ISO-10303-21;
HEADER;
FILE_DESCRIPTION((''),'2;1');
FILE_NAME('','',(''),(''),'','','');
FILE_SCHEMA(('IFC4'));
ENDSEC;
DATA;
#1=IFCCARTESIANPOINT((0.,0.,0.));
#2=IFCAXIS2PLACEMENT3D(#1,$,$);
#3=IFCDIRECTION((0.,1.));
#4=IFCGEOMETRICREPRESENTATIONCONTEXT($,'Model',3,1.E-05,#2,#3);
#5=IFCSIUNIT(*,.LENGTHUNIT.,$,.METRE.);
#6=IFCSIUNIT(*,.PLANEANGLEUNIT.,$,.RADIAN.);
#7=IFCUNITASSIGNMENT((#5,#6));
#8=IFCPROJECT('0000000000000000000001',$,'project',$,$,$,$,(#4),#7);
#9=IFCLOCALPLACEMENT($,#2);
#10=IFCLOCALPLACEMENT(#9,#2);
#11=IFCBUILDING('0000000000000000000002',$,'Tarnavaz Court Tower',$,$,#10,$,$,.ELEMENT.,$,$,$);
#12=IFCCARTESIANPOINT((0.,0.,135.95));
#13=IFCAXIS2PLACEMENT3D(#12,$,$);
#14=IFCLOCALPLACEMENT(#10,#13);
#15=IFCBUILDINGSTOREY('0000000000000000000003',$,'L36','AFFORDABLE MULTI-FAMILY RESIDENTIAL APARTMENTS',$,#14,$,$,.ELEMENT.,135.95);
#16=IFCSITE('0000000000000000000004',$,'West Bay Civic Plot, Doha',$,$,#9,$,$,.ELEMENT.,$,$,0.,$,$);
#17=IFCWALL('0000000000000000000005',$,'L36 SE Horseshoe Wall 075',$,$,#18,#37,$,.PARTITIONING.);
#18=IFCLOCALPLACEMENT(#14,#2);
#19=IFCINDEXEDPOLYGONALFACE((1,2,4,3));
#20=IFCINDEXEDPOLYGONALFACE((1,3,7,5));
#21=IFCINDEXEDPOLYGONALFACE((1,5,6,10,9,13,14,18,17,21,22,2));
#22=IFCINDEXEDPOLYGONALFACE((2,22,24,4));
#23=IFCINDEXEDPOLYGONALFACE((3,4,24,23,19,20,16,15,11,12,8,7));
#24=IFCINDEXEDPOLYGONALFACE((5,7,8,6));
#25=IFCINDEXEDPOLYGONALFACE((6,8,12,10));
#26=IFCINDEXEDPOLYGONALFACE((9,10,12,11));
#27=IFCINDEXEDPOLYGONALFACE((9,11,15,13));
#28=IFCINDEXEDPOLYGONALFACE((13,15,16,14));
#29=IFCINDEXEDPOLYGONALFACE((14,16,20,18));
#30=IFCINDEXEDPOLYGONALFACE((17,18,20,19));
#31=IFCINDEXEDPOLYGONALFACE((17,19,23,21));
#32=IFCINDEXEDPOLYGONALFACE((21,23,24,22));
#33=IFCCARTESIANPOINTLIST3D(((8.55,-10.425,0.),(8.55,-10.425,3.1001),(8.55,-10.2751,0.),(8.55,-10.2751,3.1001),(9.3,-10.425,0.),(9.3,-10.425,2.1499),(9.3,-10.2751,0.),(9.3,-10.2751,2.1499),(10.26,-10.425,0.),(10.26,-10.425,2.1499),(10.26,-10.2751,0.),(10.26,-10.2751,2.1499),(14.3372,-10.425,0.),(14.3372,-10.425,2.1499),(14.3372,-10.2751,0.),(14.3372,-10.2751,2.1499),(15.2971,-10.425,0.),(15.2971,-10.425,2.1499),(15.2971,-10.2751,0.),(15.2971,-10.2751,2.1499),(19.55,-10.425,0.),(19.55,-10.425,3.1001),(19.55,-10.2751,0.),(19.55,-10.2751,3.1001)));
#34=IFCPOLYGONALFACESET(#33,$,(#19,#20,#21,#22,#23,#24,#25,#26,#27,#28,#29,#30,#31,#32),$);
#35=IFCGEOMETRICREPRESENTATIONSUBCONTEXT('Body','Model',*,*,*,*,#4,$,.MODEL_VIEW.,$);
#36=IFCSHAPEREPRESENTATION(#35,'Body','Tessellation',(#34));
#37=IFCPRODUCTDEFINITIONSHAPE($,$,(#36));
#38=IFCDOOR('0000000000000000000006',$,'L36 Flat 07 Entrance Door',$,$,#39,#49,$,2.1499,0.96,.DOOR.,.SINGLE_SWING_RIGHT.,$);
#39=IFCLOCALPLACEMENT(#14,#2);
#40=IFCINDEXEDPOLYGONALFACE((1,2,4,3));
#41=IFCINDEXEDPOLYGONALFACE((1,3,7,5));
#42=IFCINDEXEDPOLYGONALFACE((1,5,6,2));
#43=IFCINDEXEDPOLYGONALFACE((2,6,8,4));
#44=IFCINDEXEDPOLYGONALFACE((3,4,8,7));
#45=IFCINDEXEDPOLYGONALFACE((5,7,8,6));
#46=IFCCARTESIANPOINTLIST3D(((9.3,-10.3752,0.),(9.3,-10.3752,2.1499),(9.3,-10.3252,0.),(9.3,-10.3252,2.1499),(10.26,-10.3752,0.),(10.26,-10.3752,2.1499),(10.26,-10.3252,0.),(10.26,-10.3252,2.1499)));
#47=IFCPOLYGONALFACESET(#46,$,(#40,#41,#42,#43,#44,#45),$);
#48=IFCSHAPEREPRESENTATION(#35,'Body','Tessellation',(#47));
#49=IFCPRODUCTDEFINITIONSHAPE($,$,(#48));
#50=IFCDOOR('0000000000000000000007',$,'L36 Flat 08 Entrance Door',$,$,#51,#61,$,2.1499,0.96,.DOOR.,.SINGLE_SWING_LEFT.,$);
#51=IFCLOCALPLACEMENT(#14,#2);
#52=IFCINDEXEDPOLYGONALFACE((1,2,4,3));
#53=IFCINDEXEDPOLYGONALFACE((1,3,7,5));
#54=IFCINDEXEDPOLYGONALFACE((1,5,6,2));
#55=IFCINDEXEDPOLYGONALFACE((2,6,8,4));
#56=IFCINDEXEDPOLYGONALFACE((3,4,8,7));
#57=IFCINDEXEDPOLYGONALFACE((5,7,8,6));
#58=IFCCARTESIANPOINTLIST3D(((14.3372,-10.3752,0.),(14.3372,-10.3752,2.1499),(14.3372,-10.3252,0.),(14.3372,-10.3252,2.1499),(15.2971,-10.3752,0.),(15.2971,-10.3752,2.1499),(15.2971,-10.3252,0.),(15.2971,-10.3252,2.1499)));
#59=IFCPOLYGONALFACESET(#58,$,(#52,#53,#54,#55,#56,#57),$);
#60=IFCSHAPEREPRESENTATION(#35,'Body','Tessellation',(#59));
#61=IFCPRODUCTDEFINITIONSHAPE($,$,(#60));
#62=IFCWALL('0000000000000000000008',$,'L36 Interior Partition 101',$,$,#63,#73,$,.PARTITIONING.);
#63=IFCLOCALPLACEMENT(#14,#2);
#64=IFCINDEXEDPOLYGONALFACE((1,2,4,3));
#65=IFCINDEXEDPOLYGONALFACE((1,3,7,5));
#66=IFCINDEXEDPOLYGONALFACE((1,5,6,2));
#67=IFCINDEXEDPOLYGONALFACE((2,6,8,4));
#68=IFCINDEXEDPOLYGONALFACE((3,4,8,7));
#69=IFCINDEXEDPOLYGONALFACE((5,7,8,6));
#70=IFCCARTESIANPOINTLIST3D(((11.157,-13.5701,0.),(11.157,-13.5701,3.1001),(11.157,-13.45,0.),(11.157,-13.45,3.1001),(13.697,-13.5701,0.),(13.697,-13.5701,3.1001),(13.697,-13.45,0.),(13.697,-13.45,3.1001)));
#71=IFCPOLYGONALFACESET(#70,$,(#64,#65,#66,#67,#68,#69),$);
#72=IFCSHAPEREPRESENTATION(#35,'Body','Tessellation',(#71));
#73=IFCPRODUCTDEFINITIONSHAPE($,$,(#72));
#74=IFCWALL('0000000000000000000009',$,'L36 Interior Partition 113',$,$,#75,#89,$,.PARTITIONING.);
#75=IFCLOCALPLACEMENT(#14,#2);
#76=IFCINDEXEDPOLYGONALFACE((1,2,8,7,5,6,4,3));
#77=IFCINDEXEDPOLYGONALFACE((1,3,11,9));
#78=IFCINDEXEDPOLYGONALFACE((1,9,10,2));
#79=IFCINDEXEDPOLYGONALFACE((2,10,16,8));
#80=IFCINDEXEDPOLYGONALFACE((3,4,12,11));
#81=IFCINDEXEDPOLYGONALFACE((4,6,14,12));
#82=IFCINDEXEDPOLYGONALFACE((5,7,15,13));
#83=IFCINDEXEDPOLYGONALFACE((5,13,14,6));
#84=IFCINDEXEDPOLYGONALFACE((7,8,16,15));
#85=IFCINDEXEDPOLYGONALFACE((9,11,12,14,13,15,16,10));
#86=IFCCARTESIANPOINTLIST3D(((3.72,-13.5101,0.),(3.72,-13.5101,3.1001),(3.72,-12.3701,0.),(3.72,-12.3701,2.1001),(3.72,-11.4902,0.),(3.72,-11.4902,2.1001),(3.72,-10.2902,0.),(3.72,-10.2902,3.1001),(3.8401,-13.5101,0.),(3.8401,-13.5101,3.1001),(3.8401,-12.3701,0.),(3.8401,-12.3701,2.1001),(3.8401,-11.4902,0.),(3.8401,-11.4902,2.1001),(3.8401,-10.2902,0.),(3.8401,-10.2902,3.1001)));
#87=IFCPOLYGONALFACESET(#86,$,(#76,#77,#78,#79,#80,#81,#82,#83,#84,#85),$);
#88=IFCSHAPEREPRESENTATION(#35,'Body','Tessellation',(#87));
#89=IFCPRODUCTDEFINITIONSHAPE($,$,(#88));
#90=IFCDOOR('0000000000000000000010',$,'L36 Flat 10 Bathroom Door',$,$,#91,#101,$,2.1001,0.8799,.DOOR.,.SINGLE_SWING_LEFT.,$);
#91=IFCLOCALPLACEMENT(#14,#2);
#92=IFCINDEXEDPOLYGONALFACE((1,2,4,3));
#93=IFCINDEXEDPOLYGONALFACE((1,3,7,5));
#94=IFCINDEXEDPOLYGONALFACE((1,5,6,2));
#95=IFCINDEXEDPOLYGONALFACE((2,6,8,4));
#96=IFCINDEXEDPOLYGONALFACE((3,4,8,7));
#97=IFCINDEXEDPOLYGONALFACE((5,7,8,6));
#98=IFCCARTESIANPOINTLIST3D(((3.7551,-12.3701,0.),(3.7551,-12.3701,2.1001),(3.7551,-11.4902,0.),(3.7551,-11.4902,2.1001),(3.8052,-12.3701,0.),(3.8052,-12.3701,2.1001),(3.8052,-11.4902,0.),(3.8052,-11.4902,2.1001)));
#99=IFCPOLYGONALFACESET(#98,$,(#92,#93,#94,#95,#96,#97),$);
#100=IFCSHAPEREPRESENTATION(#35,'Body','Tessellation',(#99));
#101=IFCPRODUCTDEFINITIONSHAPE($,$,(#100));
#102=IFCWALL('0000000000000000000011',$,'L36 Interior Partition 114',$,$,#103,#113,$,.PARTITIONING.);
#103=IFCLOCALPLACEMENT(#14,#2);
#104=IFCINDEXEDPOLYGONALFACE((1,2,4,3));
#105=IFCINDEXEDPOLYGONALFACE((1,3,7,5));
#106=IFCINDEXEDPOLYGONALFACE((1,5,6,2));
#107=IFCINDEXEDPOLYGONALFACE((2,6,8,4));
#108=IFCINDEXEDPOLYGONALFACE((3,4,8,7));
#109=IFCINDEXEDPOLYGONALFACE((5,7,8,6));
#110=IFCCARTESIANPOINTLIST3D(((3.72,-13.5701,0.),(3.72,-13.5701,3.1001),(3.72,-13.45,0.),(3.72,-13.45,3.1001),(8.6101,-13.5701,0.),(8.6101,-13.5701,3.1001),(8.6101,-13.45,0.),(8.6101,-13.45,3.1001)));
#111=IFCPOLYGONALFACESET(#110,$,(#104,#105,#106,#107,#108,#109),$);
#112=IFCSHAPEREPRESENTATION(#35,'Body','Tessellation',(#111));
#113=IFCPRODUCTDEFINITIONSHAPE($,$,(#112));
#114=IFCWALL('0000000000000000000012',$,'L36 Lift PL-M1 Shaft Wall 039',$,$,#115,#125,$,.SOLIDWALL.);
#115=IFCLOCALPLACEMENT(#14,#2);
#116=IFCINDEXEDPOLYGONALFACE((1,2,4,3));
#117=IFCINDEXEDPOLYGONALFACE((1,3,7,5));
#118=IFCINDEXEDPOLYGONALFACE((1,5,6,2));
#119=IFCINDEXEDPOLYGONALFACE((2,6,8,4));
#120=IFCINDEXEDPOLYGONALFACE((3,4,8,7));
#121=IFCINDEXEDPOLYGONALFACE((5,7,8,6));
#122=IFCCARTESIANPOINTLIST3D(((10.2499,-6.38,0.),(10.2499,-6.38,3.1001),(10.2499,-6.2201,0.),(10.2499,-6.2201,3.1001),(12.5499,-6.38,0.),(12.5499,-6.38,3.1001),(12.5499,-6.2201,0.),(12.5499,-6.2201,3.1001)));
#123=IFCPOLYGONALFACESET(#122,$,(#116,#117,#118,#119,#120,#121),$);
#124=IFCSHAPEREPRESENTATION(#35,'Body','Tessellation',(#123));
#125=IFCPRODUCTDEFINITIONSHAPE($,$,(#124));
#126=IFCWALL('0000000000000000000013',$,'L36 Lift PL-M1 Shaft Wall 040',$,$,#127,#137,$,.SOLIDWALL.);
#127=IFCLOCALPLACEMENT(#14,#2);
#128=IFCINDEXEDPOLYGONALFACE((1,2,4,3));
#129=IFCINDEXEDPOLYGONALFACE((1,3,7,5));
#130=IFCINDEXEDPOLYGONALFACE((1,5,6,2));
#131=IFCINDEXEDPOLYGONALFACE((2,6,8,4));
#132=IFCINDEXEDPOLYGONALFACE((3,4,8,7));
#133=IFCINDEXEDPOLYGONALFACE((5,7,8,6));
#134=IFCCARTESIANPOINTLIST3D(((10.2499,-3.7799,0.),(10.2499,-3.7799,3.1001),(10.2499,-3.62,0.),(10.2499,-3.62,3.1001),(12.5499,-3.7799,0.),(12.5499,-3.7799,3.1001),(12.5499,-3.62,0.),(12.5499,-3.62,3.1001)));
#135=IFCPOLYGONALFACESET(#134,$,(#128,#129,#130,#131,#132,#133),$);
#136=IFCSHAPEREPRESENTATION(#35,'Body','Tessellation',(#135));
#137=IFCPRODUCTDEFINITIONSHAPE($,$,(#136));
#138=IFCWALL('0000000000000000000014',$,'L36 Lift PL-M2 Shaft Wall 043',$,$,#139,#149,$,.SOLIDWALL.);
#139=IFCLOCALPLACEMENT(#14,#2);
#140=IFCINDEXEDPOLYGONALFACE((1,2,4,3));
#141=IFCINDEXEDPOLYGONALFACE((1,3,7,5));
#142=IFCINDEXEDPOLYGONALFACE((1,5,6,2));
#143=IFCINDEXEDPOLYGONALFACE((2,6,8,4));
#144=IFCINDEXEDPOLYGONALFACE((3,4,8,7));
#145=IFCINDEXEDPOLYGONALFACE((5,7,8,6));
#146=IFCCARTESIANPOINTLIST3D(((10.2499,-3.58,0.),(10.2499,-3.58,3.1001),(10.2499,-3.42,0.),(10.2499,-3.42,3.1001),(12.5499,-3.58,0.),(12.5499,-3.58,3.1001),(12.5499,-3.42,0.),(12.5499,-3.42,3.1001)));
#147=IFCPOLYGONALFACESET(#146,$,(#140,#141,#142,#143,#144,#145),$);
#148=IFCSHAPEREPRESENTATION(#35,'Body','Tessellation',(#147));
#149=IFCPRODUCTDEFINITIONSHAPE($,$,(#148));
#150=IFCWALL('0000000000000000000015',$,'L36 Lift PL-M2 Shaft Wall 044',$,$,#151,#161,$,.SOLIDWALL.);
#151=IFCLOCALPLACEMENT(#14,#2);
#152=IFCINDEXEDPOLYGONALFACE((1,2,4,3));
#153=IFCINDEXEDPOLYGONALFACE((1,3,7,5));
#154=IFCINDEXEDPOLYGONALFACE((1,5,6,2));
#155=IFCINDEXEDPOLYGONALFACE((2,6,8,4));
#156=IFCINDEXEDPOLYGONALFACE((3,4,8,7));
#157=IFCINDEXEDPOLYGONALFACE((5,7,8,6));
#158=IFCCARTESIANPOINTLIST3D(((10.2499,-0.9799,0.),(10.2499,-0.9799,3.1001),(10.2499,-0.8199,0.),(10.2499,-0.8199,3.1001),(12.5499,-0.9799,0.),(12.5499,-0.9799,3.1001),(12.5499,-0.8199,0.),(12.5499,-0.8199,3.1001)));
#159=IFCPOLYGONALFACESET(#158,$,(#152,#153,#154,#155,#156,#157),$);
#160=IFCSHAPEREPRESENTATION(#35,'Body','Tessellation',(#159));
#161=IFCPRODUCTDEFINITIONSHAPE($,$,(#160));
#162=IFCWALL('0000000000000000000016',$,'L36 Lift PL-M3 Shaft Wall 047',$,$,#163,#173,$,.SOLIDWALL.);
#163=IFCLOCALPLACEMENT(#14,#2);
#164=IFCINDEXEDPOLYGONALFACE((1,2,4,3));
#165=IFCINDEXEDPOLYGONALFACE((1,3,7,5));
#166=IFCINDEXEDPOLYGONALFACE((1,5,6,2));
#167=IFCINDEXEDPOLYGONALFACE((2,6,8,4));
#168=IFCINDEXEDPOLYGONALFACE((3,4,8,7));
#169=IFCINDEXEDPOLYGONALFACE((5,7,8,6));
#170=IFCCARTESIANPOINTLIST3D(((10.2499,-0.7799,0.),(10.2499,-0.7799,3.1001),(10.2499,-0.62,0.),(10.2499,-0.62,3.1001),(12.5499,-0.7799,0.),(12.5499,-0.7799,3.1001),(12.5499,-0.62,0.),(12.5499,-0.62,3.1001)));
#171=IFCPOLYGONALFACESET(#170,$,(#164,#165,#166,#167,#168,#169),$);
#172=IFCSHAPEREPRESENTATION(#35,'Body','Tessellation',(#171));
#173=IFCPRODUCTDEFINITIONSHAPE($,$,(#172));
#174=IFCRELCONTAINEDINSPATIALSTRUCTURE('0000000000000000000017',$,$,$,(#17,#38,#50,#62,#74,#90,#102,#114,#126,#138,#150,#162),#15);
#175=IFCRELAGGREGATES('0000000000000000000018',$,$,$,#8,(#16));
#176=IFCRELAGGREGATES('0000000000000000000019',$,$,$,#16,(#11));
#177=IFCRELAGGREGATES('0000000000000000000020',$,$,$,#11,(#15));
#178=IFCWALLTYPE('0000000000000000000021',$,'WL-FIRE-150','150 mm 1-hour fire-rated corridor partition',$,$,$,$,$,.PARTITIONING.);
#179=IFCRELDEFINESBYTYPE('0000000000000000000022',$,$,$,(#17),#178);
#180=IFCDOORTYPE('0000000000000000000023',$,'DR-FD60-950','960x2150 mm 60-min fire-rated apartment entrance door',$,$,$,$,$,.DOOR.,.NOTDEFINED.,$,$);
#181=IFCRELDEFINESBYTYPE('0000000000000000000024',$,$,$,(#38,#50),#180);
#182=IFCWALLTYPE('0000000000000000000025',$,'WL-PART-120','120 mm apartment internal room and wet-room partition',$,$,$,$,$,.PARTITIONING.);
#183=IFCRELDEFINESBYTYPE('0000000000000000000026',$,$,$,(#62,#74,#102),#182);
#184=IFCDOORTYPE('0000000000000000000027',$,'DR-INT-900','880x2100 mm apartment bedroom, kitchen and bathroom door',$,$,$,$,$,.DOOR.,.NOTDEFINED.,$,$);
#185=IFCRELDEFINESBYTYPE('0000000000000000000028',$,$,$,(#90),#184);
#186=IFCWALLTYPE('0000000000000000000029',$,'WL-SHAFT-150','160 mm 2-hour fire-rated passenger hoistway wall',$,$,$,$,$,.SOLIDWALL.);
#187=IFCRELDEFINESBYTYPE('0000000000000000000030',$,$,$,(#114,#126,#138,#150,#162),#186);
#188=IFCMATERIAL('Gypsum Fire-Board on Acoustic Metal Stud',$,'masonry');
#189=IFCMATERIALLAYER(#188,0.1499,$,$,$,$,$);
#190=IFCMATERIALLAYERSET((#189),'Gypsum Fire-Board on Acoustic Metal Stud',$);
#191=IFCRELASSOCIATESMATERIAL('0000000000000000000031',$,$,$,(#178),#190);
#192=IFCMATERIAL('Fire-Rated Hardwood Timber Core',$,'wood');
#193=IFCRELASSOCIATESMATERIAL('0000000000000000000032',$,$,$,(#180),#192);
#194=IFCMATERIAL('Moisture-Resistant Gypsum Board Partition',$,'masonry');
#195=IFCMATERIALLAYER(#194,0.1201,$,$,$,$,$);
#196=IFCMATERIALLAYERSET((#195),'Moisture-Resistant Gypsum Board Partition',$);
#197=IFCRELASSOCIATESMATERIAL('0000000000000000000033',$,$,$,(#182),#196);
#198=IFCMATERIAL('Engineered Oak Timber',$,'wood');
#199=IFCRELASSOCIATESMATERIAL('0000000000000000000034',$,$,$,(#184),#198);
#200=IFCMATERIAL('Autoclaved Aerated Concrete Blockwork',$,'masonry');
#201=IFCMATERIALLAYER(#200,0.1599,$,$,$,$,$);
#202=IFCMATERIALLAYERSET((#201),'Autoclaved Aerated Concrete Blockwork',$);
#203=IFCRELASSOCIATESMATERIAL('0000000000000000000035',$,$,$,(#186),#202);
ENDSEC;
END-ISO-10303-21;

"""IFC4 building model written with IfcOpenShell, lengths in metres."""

from ifc_helpers import new_model, si_unit, direction, frame, frame_2d, origin, place, context, subcontext, project, spatial, rectangle, extrude, material, layer, layer_set, type_object, element, fill, save


model = new_model("IFC4")

# Units and contexts
model_context = context("Model", 3, precision=1e-05, world=origin(), true_north=direction((0.0, 1.0)))
body_context = subcontext(model_context, "Body", "Model", "MODEL_VIEW")
ifc_project = project(units=[si_unit("LENGTHUNIT", "METRE"), si_unit("PLANEANGLEUNIT", "RADIAN")], contexts=[model_context])

# Site, building, storey
site_placement = place(None, origin())
site = spatial("IfcSite", under=ifc_project, at=site_placement, Name="West Bay Civic Plot, Doha", CompositionType="ELEMENT", RefElevation=0.0)
building_placement = place(site_placement, origin())
building = spatial("IfcBuilding", under=site, at=building_placement, Name="Tarnavaz Court Tower", CompositionType="ELEMENT")
storey_placement = place(building_placement, frame((0.0, 0.0, 135.95)))
storey = spatial("IfcBuildingStorey", under=building, at=storey_placement, Name="L36", Description="AFFORDABLE MULTI-FAMILY RESIDENTIAL APARTMENTS", CompositionType="ELEMENT", Elevation=135.95)

# Wall, openings, doors
ifc_material_1 = material(Name="Gypsum Fire-Board on Acoustic Metal Stud", Category="masonry")
ifc_layer_1 = layer(ifc_material_1, 0.1499)
ifc_layer_set_1 = layer_set([ifc_layer_1], Name="Gypsum Fire-Board on Acoustic Metal Stud")
wall_type_1 = type_object("IfcWallType", Name="WL-FIRE-150", Description="150 mm 1-hour fire-rated corridor partition", PredefinedType="PARTITIONING", material=ifc_layer_set_1)
wall_1_placement = place(storey_placement, frame((8.55, -10.3501, 0.0), z_axis=(0.0, 0.0, 1.0), x_axis=(1.0, 0.0, 0.0)))
wall_1 = element("IfcWall", 1, at=wall_1_placement, inside=storey, type_object=wall_type_1, Name="L36 SE Horseshoe Wall 075", PredefinedType="PARTITIONING", context=body_context, shape_type="SweptSolid", body=[
    extrude(rectangle(XDim=11.0, YDim=0.1499, at=frame_2d((5.5, 0.0))), origin(), (0.0, 0.0, 1.0), 3.1001),
])
opening_1_placement = place(wall_1_placement, frame((0.75, 0.0, 0.0)))
opening_1 = element("IfcOpeningElement", 2, at=opening_1_placement, cuts=wall_1, PredefinedType="OPENING", context=body_context, shape_type="SweptSolid", body=[
    extrude(rectangle(XDim=0.96, YDim=2.1499, at=frame_2d((0.48, 1.075))), frame((0.0, 0.085, 0.0), z_axis=(0.0, -1.0, 0.0), x_axis=(1.0, 0.0, 0.0)), (0.0, 0.0, 1.0), 0.1699),
])
opening_2_placement = place(wall_1_placement, frame((5.7871, 0.0, 0.0)))
opening_2 = element("IfcOpeningElement", 3, at=opening_2_placement, cuts=wall_1, PredefinedType="OPENING", context=body_context, shape_type="SweptSolid", body=[
    extrude(rectangle(XDim=0.96, YDim=2.1499, at=frame_2d((0.48, 1.075))), frame((0.0, 0.085, 0.0), z_axis=(0.0, -1.0, 0.0), x_axis=(1.0, 0.0, 0.0)), (0.0, 0.0, 1.0), 0.1699),
])
ifc_material_2 = material(Name="Fire-Rated Hardwood Timber Core", Category="wood")
door_type_1 = type_object("IfcDoorType", Name="DR-FD60-950", Description="960x2150 mm 60-min fire-rated apartment entrance door", OperationType="NOTDEFINED", PredefinedType="DOOR", material=ifc_material_2)
door_1_placement = place(opening_1_placement, origin())
door_1 = element("IfcDoor", 4, at=door_1_placement, inside=storey, type_object=door_type_1, Name="L36 Flat 07 Entrance Door", OperationType="SINGLE_SWING_RIGHT", OverallHeight=2.1499, OverallWidth=0.96, PredefinedType="DOOR", context=body_context, shape_type="SweptSolid", body=[
    extrude(rectangle(XDim=0.96, YDim=2.1499, at=frame_2d((0.48, 1.075))), frame((0.0, 0.0249, 0.0), z_axis=(0.0, -1.0, 0.0), x_axis=(1.0, 0.0, 0.0)), (0.0, 0.0, 1.0), 0.05),
])
fill(opening_1, door_1)
door_2_placement = place(opening_2_placement, origin())
door_2 = element("IfcDoor", 5, at=door_2_placement, inside=storey, type_object=door_type_1, Name="L36 Flat 08 Entrance Door", OperationType="SINGLE_SWING_LEFT", OverallHeight=2.1499, OverallWidth=0.96, PredefinedType="DOOR", context=body_context, shape_type="SweptSolid", body=[
    extrude(rectangle(XDim=0.96, YDim=2.1499, at=frame_2d((0.48, 1.075))), frame((0.0, 0.0249, 0.0), z_axis=(0.0, -1.0, 0.0), x_axis=(1.0, 0.0, 0.0)), (0.0, 0.0, 1.0), 0.05),
])
fill(opening_2, door_2)

# Wall
ifc_material_3 = material(Name="Moisture-Resistant Gypsum Board Partition", Category="masonry")
ifc_layer_2 = layer(ifc_material_3, 0.1201)
ifc_layer_set_2 = layer_set([ifc_layer_2], Name="Moisture-Resistant Gypsum Board Partition")
wall_type_2 = type_object("IfcWallType", Name="WL-PART-120", Description="120 mm apartment internal room and wet-room partition", PredefinedType="PARTITIONING", material=ifc_layer_set_2)
wall_2_placement = place(storey_placement, frame((11.157, -13.51, 0.0), z_axis=(0.0, 0.0, 1.0), x_axis=(1.0, 0.0, 0.0)))
element("IfcWall", 6, at=wall_2_placement, inside=storey, type_object=wall_type_2, Name="L36 Interior Partition 101", PredefinedType="PARTITIONING", context=body_context, shape_type="SweptSolid", body=[
    extrude(rectangle(XDim=2.54, YDim=0.1201, at=frame_2d((1.27, 0.0))), origin(), (0.0, 0.0, 1.0), 3.1001),
])

# Wall, opening, door
wall_3_placement = place(storey_placement, frame((3.78, -13.51, 0.0), z_axis=(0.0, 0.0, 1.0), x_axis=(0.0, 1.0, 0.0)))
wall_3 = element("IfcWall", 7, at=wall_3_placement, inside=storey, type_object=wall_type_2, Name="L36 Interior Partition 113", PredefinedType="PARTITIONING", context=body_context, shape_type="SweptSolid", body=[
    extrude(rectangle(XDim=3.22, YDim=0.1201, at=frame_2d((1.6099, 0.0))), origin(), (0.0, 0.0, 1.0), 3.1001),
])
opening_3_placement = place(wall_3_placement, frame((1.1399, 0.0, 0.0)))
opening_3 = element("IfcOpeningElement", 8, at=opening_3_placement, cuts=wall_3, PredefinedType="OPENING", context=body_context, shape_type="SweptSolid", body=[
    extrude(rectangle(XDim=0.8799, YDim=2.1001, at=frame_2d((0.4399, 1.05))), frame((0.0, 0.0701, 0.0), z_axis=(0.0, -1.0, 0.0), x_axis=(1.0, 0.0, 0.0)), (0.0, 0.0, 1.0), 0.1401),
])
ifc_material_4 = material(Name="Engineered Oak Timber", Category="wood")
door_type_2 = type_object("IfcDoorType", Name="DR-INT-900", Description="880x2100 mm apartment bedroom, kitchen and bathroom door", OperationType="NOTDEFINED", PredefinedType="DOOR", material=ifc_material_4)
door_3_placement = place(opening_3_placement, origin())
door_3 = element("IfcDoor", 9, at=door_3_placement, inside=storey, type_object=door_type_2, Name="L36 Flat 10 Bathroom Door", OperationType="SINGLE_SWING_LEFT", OverallHeight=2.1001, OverallWidth=0.8799, PredefinedType="DOOR", context=body_context, shape_type="SweptSolid", body=[
    extrude(rectangle(XDim=0.8799, YDim=2.1001, at=frame_2d((0.4399, 1.05))), frame((0.0, 0.0249, 0.0), z_axis=(0.0, -1.0, 0.0), x_axis=(1.0, 0.0, 0.0)), (0.0, 0.0, 1.0), 0.05),
])
fill(opening_3, door_3)

# Wall
wall_4_placement = place(storey_placement, frame((3.72, -13.51, 0.0), z_axis=(0.0, 0.0, 1.0), x_axis=(1.0, 0.0, 0.0)))
element("IfcWall", 10, at=wall_4_placement, inside=storey, type_object=wall_type_2, Name="L36 Interior Partition 114", PredefinedType="PARTITIONING", context=body_context, shape_type="SweptSolid", body=[
    extrude(rectangle(XDim=4.8901, YDim=0.1201, at=frame_2d((2.4451, 0.0))), origin(), (0.0, 0.0, 1.0), 3.1001),
])

# Shared definitions
ifc_material_5 = material(Name="Autoclaved Aerated Concrete Blockwork", Category="masonry")
ifc_layer_3 = layer(ifc_material_5, 0.1599)
ifc_layer_set_3 = layer_set([ifc_layer_3], Name="Autoclaved Aerated Concrete Blockwork")
wall_type_3 = type_object("IfcWallType", Name="WL-SHAFT-150", Description="160 mm 2-hour fire-rated passenger hoistway wall", PredefinedType="SOLIDWALL", material=ifc_layer_set_3)

# Walls
for number, where, z_axis, x_axis, name in (
    (11, (10.25, -6.3, 0.0), (0.0, 0.0, 1.0), (1.0, 0.0, 0.0), "L36 Lift PL-M1 Shaft Wall 039"),
    (12, (10.25, -3.7, 0.0), (0.0, 0.0, 1.0), (1.0, 0.0, 0.0), "L36 Lift PL-M1 Shaft Wall 040"),
):
    element("IfcWall", number, at=place(storey_placement, frame(where, z_axis=z_axis, x_axis=x_axis)), inside=storey, type_object=wall_type_3, Name=name, PredefinedType="SOLIDWALL", context=body_context, shape_type="SweptSolid", body=[
        extrude(rectangle(XDim=2.3, YDim=0.1599, at=frame_2d((1.1499, 0.0))), origin(), (0.0, 0.0, 1.0), 3.1001),
    ])

# Walls
for number, where, z_axis, x_axis, name in (
    (13, (10.25, -3.5, 0.0), (0.0, 0.0, 1.0), (1.0, 0.0, 0.0), "L36 Lift PL-M2 Shaft Wall 043"),
    (14, (10.25, -0.8999, 0.0), (0.0, 0.0, 1.0), (1.0, 0.0, 0.0), "L36 Lift PL-M2 Shaft Wall 044"),
):
    element("IfcWall", number, at=place(storey_placement, frame(where, z_axis=z_axis, x_axis=x_axis)), inside=storey, type_object=wall_type_3, Name=name, PredefinedType="SOLIDWALL", context=body_context, shape_type="SweptSolid", body=[
        extrude(rectangle(XDim=2.3, YDim=0.1599, at=frame_2d((1.1499, 0.0))), origin(), (0.0, 0.0, 1.0), 3.1001),
    ])

# Wall
wall_5_placement = place(storey_placement, frame((10.25, -0.7, 0.0), z_axis=(0.0, 0.0, 1.0), x_axis=(1.0, 0.0, 0.0)))
element("IfcWall", 15, at=wall_5_placement, inside=storey, type_object=wall_type_3, Name="L36 Lift PL-M3 Shaft Wall 047", PredefinedType="SOLIDWALL", context=body_context, shape_type="SweptSolid", body=[
    extrude(rectangle(XDim=2.3, YDim=0.1599, at=frame_2d((1.1499, 0.0))), origin(), (0.0, 0.0, 1.0), 3.1001),
])

save(model, "model.ifc")
